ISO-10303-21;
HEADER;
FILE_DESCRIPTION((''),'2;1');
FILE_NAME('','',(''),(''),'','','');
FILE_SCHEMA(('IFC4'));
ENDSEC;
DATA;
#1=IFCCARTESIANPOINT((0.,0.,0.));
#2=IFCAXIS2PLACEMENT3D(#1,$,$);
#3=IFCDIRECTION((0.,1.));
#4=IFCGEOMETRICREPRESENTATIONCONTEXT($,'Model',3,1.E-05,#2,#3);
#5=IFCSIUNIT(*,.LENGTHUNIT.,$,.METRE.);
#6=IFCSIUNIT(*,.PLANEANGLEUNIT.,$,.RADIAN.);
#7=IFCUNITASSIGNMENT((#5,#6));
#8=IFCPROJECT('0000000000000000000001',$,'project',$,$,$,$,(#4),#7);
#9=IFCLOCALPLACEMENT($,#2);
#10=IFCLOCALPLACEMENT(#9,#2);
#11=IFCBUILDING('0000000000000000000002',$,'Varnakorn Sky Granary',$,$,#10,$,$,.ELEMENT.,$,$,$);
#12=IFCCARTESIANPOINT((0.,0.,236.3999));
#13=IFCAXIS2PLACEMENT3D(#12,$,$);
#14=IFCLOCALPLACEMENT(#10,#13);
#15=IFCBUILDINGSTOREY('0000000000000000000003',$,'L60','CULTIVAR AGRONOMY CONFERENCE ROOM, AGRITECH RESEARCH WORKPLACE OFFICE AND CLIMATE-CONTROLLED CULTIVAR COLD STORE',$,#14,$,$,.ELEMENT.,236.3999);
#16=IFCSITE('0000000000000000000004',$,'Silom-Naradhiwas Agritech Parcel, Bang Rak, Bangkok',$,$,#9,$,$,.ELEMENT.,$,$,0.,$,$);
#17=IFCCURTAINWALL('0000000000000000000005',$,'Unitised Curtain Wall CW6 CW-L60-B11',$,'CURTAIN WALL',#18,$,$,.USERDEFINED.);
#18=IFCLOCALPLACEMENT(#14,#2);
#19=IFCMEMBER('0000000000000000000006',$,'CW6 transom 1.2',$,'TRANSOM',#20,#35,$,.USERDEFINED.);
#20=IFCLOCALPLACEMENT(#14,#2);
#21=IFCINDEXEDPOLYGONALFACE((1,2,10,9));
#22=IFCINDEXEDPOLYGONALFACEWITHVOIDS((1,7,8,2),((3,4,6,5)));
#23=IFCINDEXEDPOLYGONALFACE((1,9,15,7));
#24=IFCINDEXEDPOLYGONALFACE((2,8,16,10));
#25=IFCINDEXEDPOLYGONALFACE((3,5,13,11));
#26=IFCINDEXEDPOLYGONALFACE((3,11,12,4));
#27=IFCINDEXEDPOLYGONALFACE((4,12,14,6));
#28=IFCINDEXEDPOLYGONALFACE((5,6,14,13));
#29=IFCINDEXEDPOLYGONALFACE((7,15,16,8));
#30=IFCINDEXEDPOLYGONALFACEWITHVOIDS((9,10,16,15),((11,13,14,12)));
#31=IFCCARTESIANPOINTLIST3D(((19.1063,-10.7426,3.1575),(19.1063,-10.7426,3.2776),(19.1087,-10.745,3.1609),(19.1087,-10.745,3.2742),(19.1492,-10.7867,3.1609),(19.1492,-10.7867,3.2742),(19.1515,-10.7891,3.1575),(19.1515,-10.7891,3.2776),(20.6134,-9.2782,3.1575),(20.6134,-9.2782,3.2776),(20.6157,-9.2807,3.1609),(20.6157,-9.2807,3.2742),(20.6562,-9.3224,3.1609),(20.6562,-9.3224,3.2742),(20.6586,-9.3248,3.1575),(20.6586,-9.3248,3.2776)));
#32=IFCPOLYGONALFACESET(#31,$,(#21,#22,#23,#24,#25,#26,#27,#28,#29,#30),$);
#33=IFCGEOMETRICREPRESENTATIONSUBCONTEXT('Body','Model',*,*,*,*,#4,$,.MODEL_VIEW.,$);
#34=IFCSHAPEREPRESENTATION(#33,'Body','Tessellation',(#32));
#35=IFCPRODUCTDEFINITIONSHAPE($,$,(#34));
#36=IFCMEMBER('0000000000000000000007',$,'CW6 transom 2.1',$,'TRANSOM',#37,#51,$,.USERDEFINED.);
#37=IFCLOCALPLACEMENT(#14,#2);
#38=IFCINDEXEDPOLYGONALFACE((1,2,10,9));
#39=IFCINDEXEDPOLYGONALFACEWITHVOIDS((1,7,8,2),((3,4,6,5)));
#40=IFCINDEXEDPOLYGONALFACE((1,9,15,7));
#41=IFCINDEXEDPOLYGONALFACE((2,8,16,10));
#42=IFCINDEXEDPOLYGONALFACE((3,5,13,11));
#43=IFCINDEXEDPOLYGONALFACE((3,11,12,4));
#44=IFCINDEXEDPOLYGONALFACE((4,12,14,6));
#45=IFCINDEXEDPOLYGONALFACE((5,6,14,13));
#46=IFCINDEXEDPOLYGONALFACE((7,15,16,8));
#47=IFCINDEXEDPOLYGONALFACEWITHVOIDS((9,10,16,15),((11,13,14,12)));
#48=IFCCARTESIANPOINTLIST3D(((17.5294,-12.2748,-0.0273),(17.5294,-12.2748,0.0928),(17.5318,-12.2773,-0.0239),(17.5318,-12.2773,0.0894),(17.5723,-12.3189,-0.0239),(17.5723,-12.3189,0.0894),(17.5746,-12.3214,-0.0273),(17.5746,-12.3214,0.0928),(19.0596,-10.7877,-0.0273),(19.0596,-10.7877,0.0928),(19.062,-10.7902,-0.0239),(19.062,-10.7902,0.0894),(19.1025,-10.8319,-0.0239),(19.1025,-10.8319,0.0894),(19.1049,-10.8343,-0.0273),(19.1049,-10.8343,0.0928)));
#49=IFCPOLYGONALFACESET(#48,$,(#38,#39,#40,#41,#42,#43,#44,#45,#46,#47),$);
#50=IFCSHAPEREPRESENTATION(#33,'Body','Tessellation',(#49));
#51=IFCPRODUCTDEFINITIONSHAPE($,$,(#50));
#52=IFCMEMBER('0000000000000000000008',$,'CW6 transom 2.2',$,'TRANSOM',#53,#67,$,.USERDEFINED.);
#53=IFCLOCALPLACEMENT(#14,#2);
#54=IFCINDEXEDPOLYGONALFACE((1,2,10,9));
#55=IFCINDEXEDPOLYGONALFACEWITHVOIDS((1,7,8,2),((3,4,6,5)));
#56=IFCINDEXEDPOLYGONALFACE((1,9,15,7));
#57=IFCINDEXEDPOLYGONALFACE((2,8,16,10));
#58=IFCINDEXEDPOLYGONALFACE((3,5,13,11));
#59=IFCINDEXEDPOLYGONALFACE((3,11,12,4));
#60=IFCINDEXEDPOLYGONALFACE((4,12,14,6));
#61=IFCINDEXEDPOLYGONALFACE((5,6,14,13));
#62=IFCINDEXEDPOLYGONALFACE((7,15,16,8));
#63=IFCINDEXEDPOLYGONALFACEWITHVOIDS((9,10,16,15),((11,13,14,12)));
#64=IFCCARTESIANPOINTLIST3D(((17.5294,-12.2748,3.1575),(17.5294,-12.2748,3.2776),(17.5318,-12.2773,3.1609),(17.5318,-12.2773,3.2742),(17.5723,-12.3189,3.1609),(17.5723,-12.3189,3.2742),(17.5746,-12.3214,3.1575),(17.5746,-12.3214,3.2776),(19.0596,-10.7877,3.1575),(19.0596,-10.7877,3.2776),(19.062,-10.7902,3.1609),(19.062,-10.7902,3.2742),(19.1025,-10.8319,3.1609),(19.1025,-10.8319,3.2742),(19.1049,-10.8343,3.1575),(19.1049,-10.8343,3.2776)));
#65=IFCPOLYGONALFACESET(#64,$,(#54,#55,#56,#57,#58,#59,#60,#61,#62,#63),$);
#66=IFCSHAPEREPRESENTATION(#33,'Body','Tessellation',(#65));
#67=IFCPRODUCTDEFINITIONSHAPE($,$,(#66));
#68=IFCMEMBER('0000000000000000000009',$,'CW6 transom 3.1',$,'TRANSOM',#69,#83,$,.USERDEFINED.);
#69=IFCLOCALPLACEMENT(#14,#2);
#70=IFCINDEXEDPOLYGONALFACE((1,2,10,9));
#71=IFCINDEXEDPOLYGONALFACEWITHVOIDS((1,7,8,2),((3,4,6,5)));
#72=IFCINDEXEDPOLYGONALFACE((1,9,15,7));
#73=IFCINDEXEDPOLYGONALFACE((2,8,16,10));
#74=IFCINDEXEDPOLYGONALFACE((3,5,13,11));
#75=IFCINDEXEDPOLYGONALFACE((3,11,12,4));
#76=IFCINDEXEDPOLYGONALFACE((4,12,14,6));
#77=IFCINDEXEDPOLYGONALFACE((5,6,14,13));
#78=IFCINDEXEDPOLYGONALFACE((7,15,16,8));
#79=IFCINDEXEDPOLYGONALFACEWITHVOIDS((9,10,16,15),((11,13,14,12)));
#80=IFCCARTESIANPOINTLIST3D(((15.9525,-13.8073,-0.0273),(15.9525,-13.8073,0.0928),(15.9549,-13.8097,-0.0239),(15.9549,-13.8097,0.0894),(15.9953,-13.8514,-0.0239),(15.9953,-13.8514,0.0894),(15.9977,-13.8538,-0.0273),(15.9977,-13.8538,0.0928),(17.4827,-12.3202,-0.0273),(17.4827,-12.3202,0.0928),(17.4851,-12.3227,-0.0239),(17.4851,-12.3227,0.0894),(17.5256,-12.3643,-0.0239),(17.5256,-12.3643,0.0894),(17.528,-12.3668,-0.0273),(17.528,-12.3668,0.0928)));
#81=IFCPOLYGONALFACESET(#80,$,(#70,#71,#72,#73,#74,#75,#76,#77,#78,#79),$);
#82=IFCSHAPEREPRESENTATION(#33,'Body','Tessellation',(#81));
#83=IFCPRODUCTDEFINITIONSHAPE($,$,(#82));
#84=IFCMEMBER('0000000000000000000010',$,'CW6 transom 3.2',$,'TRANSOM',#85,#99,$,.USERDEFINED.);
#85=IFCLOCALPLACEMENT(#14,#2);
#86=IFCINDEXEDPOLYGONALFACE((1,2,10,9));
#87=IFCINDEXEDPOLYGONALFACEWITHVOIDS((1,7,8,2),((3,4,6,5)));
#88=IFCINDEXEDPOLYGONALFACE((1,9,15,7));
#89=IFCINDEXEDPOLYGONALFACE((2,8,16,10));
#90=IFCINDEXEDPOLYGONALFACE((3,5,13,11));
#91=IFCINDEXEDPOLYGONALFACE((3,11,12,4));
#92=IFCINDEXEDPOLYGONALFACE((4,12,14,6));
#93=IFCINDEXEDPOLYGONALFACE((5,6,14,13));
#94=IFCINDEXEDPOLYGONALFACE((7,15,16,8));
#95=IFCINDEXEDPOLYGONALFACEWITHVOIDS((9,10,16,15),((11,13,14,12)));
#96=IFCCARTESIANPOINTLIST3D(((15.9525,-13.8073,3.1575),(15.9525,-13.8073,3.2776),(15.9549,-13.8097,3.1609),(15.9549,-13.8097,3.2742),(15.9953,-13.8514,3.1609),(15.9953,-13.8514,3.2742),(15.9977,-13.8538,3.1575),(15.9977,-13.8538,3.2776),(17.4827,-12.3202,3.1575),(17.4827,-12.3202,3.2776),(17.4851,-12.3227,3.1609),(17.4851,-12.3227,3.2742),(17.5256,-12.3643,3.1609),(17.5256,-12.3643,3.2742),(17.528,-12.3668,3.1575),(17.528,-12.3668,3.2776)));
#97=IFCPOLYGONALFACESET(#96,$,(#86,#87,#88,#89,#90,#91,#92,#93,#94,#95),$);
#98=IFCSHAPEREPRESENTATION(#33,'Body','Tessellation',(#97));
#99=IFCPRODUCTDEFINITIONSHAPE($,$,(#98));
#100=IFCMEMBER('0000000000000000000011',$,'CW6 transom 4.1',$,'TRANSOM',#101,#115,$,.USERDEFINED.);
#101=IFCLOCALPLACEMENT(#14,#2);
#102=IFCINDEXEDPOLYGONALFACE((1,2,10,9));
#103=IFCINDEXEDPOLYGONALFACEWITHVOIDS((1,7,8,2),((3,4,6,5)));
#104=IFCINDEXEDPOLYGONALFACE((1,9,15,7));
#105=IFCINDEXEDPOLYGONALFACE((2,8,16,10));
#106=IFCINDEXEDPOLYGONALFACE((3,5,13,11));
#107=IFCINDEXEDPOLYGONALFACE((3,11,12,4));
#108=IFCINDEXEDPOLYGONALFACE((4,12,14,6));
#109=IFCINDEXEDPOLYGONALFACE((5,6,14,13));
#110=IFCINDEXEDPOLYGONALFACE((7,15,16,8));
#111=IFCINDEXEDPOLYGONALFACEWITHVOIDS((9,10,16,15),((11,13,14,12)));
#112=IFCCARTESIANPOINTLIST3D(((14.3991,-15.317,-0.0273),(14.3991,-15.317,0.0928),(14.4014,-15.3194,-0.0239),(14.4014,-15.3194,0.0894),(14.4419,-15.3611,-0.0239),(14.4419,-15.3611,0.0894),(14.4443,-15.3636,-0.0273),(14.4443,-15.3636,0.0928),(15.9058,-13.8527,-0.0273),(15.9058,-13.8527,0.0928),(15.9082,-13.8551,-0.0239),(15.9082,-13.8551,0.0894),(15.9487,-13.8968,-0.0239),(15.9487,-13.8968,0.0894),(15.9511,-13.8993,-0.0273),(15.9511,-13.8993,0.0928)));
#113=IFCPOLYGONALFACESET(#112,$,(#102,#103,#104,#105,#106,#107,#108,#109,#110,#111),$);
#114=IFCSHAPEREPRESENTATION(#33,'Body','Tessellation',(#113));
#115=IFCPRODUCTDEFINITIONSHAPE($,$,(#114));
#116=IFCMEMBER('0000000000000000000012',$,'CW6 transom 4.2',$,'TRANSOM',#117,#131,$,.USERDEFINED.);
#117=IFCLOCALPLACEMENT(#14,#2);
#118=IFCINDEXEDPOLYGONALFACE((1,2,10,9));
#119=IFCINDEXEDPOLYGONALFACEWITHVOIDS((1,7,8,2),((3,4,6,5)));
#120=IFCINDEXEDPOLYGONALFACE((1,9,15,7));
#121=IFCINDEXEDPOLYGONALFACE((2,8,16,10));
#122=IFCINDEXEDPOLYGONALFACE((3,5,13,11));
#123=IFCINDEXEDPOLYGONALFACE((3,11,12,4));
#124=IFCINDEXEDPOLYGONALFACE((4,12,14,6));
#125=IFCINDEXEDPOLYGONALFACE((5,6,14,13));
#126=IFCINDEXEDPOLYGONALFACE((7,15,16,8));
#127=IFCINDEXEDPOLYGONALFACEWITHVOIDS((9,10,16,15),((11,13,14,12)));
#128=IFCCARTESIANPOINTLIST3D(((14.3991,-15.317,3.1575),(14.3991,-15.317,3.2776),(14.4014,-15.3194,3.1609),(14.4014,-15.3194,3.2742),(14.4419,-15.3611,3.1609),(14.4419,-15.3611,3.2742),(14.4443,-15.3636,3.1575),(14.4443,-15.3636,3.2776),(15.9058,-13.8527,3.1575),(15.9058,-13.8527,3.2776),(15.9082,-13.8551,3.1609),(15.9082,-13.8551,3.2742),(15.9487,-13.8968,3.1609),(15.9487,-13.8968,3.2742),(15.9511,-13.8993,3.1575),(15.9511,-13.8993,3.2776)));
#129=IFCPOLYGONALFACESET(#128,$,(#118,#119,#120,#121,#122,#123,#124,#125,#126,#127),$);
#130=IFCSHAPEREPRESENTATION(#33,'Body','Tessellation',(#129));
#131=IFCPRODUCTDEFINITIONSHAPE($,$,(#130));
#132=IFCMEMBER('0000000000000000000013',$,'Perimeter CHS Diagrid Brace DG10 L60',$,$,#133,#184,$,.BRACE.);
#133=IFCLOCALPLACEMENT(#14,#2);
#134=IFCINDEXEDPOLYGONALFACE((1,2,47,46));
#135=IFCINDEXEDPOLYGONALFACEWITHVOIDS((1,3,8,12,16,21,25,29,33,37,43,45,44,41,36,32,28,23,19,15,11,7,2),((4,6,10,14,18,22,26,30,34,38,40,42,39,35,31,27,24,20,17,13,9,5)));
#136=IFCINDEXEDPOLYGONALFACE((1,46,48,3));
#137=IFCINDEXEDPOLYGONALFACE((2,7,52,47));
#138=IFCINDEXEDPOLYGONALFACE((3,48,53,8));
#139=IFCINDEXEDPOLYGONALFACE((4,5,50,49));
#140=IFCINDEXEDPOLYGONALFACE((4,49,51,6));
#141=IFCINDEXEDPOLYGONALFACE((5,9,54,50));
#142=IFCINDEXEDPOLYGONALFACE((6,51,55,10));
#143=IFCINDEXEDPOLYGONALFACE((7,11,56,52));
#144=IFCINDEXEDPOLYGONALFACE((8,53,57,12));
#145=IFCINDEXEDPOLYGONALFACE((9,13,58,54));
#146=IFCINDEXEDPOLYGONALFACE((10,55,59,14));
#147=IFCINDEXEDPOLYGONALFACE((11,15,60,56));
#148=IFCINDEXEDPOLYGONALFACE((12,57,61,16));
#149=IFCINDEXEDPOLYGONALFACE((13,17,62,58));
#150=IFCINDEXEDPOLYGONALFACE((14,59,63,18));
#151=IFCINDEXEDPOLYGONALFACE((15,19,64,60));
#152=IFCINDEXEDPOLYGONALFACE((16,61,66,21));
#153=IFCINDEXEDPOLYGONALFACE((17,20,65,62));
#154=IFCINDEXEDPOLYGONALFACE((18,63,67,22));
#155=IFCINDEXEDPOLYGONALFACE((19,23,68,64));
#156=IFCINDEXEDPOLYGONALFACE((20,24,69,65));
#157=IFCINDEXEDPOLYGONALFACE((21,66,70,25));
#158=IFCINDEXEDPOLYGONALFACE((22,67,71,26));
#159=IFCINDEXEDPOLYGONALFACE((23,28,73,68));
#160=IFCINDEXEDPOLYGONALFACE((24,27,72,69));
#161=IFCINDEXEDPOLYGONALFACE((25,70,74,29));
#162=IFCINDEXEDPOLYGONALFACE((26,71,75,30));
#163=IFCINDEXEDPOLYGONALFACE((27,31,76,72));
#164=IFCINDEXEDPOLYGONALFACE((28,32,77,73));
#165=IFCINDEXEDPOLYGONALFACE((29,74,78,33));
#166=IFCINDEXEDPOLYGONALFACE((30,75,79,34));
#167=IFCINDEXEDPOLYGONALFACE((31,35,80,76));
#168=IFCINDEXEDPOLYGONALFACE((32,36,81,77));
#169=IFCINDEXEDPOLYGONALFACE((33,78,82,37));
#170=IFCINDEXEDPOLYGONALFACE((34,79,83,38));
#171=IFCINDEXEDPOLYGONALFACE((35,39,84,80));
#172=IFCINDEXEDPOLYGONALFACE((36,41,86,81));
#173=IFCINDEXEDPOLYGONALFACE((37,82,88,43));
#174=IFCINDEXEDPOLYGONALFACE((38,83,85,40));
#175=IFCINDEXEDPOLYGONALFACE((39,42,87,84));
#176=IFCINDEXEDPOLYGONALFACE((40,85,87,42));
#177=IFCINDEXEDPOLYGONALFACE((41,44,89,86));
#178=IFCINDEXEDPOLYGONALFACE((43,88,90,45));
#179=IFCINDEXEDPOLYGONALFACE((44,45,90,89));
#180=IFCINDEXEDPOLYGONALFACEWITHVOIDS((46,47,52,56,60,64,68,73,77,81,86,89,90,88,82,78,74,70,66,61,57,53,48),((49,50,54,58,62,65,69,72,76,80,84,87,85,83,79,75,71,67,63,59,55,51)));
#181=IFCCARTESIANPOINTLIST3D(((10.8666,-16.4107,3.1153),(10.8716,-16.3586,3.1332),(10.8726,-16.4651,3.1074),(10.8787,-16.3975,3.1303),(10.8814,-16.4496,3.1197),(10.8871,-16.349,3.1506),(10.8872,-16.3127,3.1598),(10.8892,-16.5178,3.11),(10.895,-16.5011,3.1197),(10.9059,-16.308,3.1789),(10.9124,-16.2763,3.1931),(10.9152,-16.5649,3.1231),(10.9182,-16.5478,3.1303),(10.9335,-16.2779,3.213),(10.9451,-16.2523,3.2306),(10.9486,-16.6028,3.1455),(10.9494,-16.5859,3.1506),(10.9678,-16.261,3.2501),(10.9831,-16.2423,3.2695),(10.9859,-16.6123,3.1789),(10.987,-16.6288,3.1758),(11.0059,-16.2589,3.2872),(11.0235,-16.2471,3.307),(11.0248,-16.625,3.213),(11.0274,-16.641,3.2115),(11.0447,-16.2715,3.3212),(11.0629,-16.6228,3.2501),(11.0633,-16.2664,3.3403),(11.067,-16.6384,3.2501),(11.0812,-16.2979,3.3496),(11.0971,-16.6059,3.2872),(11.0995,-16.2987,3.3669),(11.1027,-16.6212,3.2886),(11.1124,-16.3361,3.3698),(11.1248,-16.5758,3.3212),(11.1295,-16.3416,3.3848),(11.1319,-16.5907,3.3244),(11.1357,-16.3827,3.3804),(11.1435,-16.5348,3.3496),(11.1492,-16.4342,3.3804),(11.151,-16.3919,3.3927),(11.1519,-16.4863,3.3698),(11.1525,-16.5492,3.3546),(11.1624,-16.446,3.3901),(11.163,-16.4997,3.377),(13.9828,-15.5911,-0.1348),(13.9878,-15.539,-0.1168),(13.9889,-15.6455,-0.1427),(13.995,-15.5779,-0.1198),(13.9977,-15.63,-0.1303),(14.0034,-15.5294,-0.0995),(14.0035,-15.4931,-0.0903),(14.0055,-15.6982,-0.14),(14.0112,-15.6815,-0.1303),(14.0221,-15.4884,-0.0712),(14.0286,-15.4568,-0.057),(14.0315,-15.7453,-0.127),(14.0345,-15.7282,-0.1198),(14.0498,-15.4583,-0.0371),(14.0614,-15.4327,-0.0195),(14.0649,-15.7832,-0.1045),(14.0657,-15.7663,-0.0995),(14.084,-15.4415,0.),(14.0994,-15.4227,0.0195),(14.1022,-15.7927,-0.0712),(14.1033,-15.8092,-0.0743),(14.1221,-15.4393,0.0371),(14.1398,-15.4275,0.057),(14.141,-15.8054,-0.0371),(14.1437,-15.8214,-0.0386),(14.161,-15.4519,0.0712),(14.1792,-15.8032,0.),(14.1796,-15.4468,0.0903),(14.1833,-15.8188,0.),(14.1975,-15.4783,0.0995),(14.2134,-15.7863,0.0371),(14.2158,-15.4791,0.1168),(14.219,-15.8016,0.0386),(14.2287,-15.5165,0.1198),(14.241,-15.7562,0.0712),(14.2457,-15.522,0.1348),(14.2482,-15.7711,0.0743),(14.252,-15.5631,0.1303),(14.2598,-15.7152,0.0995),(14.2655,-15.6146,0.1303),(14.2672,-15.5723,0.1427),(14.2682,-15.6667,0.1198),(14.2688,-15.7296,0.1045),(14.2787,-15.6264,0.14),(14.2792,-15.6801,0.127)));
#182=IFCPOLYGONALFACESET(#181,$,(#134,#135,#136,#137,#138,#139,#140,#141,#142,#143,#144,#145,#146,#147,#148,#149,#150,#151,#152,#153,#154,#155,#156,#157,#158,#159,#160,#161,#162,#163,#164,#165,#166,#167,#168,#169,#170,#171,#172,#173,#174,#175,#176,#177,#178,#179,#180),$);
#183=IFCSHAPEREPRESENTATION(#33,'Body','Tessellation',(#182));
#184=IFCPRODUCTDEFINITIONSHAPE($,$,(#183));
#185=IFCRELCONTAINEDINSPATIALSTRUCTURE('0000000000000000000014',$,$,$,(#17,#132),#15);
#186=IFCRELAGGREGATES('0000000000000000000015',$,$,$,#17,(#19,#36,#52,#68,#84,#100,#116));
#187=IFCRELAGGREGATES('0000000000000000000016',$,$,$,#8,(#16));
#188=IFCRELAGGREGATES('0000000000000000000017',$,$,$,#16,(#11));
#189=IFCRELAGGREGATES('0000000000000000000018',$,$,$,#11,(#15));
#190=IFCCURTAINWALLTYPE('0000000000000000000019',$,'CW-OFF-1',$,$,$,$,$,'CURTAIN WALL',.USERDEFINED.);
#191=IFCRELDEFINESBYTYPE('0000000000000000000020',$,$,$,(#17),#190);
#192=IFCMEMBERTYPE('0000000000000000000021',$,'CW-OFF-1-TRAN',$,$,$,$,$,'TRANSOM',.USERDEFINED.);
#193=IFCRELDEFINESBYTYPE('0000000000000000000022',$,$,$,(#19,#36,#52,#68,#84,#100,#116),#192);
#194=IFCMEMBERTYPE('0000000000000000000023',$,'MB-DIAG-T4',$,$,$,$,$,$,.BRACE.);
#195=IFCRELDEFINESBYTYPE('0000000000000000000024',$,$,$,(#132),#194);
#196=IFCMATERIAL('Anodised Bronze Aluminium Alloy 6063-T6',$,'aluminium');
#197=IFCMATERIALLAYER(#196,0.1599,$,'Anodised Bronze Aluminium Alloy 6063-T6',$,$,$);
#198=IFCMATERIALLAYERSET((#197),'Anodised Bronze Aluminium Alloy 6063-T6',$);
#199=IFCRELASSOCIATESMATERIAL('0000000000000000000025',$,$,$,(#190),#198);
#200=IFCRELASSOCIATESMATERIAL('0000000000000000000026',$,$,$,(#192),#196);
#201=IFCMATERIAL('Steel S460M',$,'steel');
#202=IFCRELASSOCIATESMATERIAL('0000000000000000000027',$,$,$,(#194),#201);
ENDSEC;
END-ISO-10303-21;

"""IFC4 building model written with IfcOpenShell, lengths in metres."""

from ifc_helpers import new_model, si_unit, direction, frame, origin, origin_2d, place, context, subcontext, project, spatial, hollow_rectangle, hollow_circle, extrude, material, layer, layer_set, material_profile, profile_set, type_object, element, aggregate, save


model = new_model("IFC4")

# Units and contexts
model_context = context("Model", 3, precision=1e-05, world=origin(), true_north=direction((0.0, 1.0)))
body_context = subcontext(model_context, "Body", "Model", "MODEL_VIEW")
ifc_project = project(units=[si_unit("LENGTHUNIT", "METRE"), si_unit("PLANEANGLEUNIT", "RADIAN")], contexts=[model_context])

# Site, building, storey
site_placement = place(None, origin())
site = spatial("IfcSite", under=ifc_project, at=site_placement, Name="Silom-Naradhiwas Agritech Parcel, Bang Rak, Bangkok", CompositionType="ELEMENT", RefElevation=0.0)
building_placement = place(site_placement, origin())
building = spatial("IfcBuilding", under=site, at=building_placement, Name="Varnakorn Sky Granary", CompositionType="ELEMENT")
storey_placement = place(building_placement, frame((0.0, 0.0, 236.3999)))
storey = spatial("IfcBuildingStorey", under=building, at=storey_placement, Name="L60", Description="CULTIVAR AGRONOMY CONFERENCE ROOM, AGRITECH RESEARCH WORKPLACE OFFICE AND CLIMATE-CONTROLLED CULTIVAR COLD STORE", CompositionType="ELEMENT", Elevation=236.3999)

# Shared definitions
ifc_material_1 = material(Name="Steel S460M", Category="steel")

# Curtain wall, members
ifc_material_2 = material(Name="Anodised Bronze Aluminium Alloy 6063-T6", Category="aluminium")
ifc_layer_1 = layer(ifc_material_2, 0.1599, Name="Anodised Bronze Aluminium Alloy 6063-T6")
ifc_layer_set_1 = layer_set([ifc_layer_1], Name="Anodised Bronze Aluminium Alloy 6063-T6")
curtain_wall_type = type_object("IfcCurtainWallType", Name="CW-OFF-1", ElementType="CURTAIN WALL", PredefinedType="USERDEFINED", material=ifc_layer_set_1)
curtain_wall_placement = place(storey_placement, origin())
curtain_wall = element("IfcCurtainWall", 1, at=curtain_wall_placement, inside=storey, type_object=curtain_wall_type, Name="Unitised Curtain Wall CW6 CW-L60-B11", ObjectType="CURTAIN WALL", PredefinedType="USERDEFINED")
ifc_material_profile_1 = material_profile(ifc_material_2, hollow_rectangle(XDim=0.0649, YDim=0.1201, WallThickness=0.0034, at=origin_2d()), Name="ALU TRAN 65x120")
ifc_profile_set_1 = profile_set([ifc_material_profile_1], Name="Anodised Bronze Aluminium Alloy 6063-T6")
member_type_1 = type_object("IfcMemberType", Name="CW-OFF-1-TRAN", ElementType="TRANSOM", PredefinedType="USERDEFINED", material=ifc_profile_set_1)
member_1_placement = place(storey_placement, frame((20.636, -9.3015, 3.2175), z_axis=(-0.7172, -0.696868, 0.0), x_axis=(0.696868, -0.7172, 0.0)))
member_1 = element("IfcMember", 2, at=member_1_placement, type_object=member_type_1, Name="CW6 transom 1.2", ObjectType="TRANSOM", PredefinedType="USERDEFINED", context=body_context, shape_type="SweptSolid", body=[
    extrude(hollow_rectangle(XDim=0.0649, YDim=0.1201, WallThickness=0.0034, at=origin_2d()), origin(), (0.0, 0.0, 1.0), 2.1013),
])
member_2_placement = place(storey_placement, frame((19.0823, -10.811, 0.0327), z_axis=(-0.71716, -0.696908, 0.0), x_axis=(0.696908, -0.71716, 0.0)))
member_2 = element("IfcMember", 3, at=member_2_placement, type_object=member_type_1, Name="CW6 transom 2.1", ObjectType="TRANSOM", PredefinedType="USERDEFINED", context=body_context, shape_type="SweptSolid", body=[
    extrude(hollow_rectangle(XDim=0.0649, YDim=0.1201, WallThickness=0.0034, at=origin_2d()), origin(), (0.0, 0.0, 1.0), 2.1338),
])
member_3_placement = place(storey_placement, frame((19.0823, -10.811, 3.2175), z_axis=(-0.71716, -0.696908, 0.0), x_axis=(0.696908, -0.71716, 0.0)))
member_3 = element("IfcMember", 4, at=member_3_placement, type_object=member_type_1, Name="CW6 transom 2.2", ObjectType="TRANSOM", PredefinedType="USERDEFINED", context=body_context, shape_type="SweptSolid", body=[
    extrude(hollow_rectangle(XDim=0.0649, YDim=0.1201, WallThickness=0.0034, at=origin_2d()), origin(), (0.0, 0.0, 1.0), 2.1338),
])
member_4_placement = place(storey_placement, frame((17.5054, -12.3435, 0.0327), z_axis=(-0.71716, -0.696908, 0.0), x_axis=(0.696908, -0.71716, 0.0)))
member_4 = element("IfcMember", 5, at=member_4_placement, type_object=member_type_1, Name="CW6 transom 3.1", ObjectType="TRANSOM", PredefinedType="USERDEFINED", context=body_context, shape_type="SweptSolid", body=[
    extrude(hollow_rectangle(XDim=0.0649, YDim=0.1201, WallThickness=0.0034, at=origin_2d()), origin(), (0.0, 0.0, 1.0), 2.1338),
])
member_5_placement = place(storey_placement, frame((17.5054, -12.3435, 3.2175), z_axis=(-0.71716, -0.696908, 0.0), x_axis=(0.696908, -0.71716, 0.0)))
member_5 = element("IfcMember", 6, at=member_5_placement, type_object=member_type_1, Name="CW6 transom 3.2", ObjectType="TRANSOM", PredefinedType="USERDEFINED", context=body_context, shape_type="SweptSolid", body=[
    extrude(hollow_rectangle(XDim=0.0649, YDim=0.1201, WallThickness=0.0034, at=origin_2d()), origin(), (0.0, 0.0, 1.0), 2.1338),
])
member_6_placement = place(storey_placement, frame((15.9285, -13.876, 0.0327), z_axis=(-0.717143, -0.696926, 0.0), x_axis=(0.696926, -0.717143, 0.0)))
member_6 = element("IfcMember", 7, at=member_6_placement, type_object=member_type_1, Name="CW6 transom 4.1", ObjectType="TRANSOM", PredefinedType="USERDEFINED", context=body_context, shape_type="SweptSolid", body=[
    extrude(hollow_rectangle(XDim=0.0649, YDim=0.1201, WallThickness=0.0034, at=origin_2d()), origin(), (0.0, 0.0, 1.0), 2.1011),
])
member_7_placement = place(storey_placement, frame((15.9285, -13.876, 3.2175), z_axis=(-0.717143, -0.696926, 0.0), x_axis=(0.696926, -0.717143, 0.0)))
member_7 = element("IfcMember", 8, at=member_7_placement, type_object=member_type_1, Name="CW6 transom 4.2", ObjectType="TRANSOM", PredefinedType="USERDEFINED", context=body_context, shape_type="SweptSolid", body=[
    extrude(hollow_rectangle(XDim=0.0649, YDim=0.1201, WallThickness=0.0034, at=origin_2d()), origin(), (0.0, 0.0, 1.0), 2.1011),
])

# Member
ifc_material_profile_2 = material_profile(ifc_material_1, hollow_circle(Radius=0.2031, WallThickness=0.0161, at=origin_2d()), Name="CHS 406.4x16")
ifc_profile_set_2 = profile_set([ifc_material_profile_2], Name="Steel S460M")
member_type_2 = type_object("IfcMemberType", Name="MB-DIAG-T4", PredefinedType="BRACE", material=ifc_profile_set_2)
member_8_placement = place(storey_placement, frame((14.1316, -15.6223, 0.0), z_axis=(-0.680906, -0.179082, 0.710139), x_axis=(0.254355, -0.967111, 0.0)))
element("IfcMember", 9, at=member_8_placement, inside=storey, type_object=member_type_2, Name="Perimeter CHS Diagrid Brace DG10 L60", PredefinedType="BRACE", context=body_context, shape_type="SweptSolid", body=[
    extrude(hollow_circle(Radius=0.2031, WallThickness=0.0161, at=origin_2d()), origin(), (0.0, 0.0, 1.0), 4.5767),
])

aggregate(curtain_wall, [member_1, member_2, member_3, member_4, member_5, member_6, member_7])

save(model, "model.ifc")
